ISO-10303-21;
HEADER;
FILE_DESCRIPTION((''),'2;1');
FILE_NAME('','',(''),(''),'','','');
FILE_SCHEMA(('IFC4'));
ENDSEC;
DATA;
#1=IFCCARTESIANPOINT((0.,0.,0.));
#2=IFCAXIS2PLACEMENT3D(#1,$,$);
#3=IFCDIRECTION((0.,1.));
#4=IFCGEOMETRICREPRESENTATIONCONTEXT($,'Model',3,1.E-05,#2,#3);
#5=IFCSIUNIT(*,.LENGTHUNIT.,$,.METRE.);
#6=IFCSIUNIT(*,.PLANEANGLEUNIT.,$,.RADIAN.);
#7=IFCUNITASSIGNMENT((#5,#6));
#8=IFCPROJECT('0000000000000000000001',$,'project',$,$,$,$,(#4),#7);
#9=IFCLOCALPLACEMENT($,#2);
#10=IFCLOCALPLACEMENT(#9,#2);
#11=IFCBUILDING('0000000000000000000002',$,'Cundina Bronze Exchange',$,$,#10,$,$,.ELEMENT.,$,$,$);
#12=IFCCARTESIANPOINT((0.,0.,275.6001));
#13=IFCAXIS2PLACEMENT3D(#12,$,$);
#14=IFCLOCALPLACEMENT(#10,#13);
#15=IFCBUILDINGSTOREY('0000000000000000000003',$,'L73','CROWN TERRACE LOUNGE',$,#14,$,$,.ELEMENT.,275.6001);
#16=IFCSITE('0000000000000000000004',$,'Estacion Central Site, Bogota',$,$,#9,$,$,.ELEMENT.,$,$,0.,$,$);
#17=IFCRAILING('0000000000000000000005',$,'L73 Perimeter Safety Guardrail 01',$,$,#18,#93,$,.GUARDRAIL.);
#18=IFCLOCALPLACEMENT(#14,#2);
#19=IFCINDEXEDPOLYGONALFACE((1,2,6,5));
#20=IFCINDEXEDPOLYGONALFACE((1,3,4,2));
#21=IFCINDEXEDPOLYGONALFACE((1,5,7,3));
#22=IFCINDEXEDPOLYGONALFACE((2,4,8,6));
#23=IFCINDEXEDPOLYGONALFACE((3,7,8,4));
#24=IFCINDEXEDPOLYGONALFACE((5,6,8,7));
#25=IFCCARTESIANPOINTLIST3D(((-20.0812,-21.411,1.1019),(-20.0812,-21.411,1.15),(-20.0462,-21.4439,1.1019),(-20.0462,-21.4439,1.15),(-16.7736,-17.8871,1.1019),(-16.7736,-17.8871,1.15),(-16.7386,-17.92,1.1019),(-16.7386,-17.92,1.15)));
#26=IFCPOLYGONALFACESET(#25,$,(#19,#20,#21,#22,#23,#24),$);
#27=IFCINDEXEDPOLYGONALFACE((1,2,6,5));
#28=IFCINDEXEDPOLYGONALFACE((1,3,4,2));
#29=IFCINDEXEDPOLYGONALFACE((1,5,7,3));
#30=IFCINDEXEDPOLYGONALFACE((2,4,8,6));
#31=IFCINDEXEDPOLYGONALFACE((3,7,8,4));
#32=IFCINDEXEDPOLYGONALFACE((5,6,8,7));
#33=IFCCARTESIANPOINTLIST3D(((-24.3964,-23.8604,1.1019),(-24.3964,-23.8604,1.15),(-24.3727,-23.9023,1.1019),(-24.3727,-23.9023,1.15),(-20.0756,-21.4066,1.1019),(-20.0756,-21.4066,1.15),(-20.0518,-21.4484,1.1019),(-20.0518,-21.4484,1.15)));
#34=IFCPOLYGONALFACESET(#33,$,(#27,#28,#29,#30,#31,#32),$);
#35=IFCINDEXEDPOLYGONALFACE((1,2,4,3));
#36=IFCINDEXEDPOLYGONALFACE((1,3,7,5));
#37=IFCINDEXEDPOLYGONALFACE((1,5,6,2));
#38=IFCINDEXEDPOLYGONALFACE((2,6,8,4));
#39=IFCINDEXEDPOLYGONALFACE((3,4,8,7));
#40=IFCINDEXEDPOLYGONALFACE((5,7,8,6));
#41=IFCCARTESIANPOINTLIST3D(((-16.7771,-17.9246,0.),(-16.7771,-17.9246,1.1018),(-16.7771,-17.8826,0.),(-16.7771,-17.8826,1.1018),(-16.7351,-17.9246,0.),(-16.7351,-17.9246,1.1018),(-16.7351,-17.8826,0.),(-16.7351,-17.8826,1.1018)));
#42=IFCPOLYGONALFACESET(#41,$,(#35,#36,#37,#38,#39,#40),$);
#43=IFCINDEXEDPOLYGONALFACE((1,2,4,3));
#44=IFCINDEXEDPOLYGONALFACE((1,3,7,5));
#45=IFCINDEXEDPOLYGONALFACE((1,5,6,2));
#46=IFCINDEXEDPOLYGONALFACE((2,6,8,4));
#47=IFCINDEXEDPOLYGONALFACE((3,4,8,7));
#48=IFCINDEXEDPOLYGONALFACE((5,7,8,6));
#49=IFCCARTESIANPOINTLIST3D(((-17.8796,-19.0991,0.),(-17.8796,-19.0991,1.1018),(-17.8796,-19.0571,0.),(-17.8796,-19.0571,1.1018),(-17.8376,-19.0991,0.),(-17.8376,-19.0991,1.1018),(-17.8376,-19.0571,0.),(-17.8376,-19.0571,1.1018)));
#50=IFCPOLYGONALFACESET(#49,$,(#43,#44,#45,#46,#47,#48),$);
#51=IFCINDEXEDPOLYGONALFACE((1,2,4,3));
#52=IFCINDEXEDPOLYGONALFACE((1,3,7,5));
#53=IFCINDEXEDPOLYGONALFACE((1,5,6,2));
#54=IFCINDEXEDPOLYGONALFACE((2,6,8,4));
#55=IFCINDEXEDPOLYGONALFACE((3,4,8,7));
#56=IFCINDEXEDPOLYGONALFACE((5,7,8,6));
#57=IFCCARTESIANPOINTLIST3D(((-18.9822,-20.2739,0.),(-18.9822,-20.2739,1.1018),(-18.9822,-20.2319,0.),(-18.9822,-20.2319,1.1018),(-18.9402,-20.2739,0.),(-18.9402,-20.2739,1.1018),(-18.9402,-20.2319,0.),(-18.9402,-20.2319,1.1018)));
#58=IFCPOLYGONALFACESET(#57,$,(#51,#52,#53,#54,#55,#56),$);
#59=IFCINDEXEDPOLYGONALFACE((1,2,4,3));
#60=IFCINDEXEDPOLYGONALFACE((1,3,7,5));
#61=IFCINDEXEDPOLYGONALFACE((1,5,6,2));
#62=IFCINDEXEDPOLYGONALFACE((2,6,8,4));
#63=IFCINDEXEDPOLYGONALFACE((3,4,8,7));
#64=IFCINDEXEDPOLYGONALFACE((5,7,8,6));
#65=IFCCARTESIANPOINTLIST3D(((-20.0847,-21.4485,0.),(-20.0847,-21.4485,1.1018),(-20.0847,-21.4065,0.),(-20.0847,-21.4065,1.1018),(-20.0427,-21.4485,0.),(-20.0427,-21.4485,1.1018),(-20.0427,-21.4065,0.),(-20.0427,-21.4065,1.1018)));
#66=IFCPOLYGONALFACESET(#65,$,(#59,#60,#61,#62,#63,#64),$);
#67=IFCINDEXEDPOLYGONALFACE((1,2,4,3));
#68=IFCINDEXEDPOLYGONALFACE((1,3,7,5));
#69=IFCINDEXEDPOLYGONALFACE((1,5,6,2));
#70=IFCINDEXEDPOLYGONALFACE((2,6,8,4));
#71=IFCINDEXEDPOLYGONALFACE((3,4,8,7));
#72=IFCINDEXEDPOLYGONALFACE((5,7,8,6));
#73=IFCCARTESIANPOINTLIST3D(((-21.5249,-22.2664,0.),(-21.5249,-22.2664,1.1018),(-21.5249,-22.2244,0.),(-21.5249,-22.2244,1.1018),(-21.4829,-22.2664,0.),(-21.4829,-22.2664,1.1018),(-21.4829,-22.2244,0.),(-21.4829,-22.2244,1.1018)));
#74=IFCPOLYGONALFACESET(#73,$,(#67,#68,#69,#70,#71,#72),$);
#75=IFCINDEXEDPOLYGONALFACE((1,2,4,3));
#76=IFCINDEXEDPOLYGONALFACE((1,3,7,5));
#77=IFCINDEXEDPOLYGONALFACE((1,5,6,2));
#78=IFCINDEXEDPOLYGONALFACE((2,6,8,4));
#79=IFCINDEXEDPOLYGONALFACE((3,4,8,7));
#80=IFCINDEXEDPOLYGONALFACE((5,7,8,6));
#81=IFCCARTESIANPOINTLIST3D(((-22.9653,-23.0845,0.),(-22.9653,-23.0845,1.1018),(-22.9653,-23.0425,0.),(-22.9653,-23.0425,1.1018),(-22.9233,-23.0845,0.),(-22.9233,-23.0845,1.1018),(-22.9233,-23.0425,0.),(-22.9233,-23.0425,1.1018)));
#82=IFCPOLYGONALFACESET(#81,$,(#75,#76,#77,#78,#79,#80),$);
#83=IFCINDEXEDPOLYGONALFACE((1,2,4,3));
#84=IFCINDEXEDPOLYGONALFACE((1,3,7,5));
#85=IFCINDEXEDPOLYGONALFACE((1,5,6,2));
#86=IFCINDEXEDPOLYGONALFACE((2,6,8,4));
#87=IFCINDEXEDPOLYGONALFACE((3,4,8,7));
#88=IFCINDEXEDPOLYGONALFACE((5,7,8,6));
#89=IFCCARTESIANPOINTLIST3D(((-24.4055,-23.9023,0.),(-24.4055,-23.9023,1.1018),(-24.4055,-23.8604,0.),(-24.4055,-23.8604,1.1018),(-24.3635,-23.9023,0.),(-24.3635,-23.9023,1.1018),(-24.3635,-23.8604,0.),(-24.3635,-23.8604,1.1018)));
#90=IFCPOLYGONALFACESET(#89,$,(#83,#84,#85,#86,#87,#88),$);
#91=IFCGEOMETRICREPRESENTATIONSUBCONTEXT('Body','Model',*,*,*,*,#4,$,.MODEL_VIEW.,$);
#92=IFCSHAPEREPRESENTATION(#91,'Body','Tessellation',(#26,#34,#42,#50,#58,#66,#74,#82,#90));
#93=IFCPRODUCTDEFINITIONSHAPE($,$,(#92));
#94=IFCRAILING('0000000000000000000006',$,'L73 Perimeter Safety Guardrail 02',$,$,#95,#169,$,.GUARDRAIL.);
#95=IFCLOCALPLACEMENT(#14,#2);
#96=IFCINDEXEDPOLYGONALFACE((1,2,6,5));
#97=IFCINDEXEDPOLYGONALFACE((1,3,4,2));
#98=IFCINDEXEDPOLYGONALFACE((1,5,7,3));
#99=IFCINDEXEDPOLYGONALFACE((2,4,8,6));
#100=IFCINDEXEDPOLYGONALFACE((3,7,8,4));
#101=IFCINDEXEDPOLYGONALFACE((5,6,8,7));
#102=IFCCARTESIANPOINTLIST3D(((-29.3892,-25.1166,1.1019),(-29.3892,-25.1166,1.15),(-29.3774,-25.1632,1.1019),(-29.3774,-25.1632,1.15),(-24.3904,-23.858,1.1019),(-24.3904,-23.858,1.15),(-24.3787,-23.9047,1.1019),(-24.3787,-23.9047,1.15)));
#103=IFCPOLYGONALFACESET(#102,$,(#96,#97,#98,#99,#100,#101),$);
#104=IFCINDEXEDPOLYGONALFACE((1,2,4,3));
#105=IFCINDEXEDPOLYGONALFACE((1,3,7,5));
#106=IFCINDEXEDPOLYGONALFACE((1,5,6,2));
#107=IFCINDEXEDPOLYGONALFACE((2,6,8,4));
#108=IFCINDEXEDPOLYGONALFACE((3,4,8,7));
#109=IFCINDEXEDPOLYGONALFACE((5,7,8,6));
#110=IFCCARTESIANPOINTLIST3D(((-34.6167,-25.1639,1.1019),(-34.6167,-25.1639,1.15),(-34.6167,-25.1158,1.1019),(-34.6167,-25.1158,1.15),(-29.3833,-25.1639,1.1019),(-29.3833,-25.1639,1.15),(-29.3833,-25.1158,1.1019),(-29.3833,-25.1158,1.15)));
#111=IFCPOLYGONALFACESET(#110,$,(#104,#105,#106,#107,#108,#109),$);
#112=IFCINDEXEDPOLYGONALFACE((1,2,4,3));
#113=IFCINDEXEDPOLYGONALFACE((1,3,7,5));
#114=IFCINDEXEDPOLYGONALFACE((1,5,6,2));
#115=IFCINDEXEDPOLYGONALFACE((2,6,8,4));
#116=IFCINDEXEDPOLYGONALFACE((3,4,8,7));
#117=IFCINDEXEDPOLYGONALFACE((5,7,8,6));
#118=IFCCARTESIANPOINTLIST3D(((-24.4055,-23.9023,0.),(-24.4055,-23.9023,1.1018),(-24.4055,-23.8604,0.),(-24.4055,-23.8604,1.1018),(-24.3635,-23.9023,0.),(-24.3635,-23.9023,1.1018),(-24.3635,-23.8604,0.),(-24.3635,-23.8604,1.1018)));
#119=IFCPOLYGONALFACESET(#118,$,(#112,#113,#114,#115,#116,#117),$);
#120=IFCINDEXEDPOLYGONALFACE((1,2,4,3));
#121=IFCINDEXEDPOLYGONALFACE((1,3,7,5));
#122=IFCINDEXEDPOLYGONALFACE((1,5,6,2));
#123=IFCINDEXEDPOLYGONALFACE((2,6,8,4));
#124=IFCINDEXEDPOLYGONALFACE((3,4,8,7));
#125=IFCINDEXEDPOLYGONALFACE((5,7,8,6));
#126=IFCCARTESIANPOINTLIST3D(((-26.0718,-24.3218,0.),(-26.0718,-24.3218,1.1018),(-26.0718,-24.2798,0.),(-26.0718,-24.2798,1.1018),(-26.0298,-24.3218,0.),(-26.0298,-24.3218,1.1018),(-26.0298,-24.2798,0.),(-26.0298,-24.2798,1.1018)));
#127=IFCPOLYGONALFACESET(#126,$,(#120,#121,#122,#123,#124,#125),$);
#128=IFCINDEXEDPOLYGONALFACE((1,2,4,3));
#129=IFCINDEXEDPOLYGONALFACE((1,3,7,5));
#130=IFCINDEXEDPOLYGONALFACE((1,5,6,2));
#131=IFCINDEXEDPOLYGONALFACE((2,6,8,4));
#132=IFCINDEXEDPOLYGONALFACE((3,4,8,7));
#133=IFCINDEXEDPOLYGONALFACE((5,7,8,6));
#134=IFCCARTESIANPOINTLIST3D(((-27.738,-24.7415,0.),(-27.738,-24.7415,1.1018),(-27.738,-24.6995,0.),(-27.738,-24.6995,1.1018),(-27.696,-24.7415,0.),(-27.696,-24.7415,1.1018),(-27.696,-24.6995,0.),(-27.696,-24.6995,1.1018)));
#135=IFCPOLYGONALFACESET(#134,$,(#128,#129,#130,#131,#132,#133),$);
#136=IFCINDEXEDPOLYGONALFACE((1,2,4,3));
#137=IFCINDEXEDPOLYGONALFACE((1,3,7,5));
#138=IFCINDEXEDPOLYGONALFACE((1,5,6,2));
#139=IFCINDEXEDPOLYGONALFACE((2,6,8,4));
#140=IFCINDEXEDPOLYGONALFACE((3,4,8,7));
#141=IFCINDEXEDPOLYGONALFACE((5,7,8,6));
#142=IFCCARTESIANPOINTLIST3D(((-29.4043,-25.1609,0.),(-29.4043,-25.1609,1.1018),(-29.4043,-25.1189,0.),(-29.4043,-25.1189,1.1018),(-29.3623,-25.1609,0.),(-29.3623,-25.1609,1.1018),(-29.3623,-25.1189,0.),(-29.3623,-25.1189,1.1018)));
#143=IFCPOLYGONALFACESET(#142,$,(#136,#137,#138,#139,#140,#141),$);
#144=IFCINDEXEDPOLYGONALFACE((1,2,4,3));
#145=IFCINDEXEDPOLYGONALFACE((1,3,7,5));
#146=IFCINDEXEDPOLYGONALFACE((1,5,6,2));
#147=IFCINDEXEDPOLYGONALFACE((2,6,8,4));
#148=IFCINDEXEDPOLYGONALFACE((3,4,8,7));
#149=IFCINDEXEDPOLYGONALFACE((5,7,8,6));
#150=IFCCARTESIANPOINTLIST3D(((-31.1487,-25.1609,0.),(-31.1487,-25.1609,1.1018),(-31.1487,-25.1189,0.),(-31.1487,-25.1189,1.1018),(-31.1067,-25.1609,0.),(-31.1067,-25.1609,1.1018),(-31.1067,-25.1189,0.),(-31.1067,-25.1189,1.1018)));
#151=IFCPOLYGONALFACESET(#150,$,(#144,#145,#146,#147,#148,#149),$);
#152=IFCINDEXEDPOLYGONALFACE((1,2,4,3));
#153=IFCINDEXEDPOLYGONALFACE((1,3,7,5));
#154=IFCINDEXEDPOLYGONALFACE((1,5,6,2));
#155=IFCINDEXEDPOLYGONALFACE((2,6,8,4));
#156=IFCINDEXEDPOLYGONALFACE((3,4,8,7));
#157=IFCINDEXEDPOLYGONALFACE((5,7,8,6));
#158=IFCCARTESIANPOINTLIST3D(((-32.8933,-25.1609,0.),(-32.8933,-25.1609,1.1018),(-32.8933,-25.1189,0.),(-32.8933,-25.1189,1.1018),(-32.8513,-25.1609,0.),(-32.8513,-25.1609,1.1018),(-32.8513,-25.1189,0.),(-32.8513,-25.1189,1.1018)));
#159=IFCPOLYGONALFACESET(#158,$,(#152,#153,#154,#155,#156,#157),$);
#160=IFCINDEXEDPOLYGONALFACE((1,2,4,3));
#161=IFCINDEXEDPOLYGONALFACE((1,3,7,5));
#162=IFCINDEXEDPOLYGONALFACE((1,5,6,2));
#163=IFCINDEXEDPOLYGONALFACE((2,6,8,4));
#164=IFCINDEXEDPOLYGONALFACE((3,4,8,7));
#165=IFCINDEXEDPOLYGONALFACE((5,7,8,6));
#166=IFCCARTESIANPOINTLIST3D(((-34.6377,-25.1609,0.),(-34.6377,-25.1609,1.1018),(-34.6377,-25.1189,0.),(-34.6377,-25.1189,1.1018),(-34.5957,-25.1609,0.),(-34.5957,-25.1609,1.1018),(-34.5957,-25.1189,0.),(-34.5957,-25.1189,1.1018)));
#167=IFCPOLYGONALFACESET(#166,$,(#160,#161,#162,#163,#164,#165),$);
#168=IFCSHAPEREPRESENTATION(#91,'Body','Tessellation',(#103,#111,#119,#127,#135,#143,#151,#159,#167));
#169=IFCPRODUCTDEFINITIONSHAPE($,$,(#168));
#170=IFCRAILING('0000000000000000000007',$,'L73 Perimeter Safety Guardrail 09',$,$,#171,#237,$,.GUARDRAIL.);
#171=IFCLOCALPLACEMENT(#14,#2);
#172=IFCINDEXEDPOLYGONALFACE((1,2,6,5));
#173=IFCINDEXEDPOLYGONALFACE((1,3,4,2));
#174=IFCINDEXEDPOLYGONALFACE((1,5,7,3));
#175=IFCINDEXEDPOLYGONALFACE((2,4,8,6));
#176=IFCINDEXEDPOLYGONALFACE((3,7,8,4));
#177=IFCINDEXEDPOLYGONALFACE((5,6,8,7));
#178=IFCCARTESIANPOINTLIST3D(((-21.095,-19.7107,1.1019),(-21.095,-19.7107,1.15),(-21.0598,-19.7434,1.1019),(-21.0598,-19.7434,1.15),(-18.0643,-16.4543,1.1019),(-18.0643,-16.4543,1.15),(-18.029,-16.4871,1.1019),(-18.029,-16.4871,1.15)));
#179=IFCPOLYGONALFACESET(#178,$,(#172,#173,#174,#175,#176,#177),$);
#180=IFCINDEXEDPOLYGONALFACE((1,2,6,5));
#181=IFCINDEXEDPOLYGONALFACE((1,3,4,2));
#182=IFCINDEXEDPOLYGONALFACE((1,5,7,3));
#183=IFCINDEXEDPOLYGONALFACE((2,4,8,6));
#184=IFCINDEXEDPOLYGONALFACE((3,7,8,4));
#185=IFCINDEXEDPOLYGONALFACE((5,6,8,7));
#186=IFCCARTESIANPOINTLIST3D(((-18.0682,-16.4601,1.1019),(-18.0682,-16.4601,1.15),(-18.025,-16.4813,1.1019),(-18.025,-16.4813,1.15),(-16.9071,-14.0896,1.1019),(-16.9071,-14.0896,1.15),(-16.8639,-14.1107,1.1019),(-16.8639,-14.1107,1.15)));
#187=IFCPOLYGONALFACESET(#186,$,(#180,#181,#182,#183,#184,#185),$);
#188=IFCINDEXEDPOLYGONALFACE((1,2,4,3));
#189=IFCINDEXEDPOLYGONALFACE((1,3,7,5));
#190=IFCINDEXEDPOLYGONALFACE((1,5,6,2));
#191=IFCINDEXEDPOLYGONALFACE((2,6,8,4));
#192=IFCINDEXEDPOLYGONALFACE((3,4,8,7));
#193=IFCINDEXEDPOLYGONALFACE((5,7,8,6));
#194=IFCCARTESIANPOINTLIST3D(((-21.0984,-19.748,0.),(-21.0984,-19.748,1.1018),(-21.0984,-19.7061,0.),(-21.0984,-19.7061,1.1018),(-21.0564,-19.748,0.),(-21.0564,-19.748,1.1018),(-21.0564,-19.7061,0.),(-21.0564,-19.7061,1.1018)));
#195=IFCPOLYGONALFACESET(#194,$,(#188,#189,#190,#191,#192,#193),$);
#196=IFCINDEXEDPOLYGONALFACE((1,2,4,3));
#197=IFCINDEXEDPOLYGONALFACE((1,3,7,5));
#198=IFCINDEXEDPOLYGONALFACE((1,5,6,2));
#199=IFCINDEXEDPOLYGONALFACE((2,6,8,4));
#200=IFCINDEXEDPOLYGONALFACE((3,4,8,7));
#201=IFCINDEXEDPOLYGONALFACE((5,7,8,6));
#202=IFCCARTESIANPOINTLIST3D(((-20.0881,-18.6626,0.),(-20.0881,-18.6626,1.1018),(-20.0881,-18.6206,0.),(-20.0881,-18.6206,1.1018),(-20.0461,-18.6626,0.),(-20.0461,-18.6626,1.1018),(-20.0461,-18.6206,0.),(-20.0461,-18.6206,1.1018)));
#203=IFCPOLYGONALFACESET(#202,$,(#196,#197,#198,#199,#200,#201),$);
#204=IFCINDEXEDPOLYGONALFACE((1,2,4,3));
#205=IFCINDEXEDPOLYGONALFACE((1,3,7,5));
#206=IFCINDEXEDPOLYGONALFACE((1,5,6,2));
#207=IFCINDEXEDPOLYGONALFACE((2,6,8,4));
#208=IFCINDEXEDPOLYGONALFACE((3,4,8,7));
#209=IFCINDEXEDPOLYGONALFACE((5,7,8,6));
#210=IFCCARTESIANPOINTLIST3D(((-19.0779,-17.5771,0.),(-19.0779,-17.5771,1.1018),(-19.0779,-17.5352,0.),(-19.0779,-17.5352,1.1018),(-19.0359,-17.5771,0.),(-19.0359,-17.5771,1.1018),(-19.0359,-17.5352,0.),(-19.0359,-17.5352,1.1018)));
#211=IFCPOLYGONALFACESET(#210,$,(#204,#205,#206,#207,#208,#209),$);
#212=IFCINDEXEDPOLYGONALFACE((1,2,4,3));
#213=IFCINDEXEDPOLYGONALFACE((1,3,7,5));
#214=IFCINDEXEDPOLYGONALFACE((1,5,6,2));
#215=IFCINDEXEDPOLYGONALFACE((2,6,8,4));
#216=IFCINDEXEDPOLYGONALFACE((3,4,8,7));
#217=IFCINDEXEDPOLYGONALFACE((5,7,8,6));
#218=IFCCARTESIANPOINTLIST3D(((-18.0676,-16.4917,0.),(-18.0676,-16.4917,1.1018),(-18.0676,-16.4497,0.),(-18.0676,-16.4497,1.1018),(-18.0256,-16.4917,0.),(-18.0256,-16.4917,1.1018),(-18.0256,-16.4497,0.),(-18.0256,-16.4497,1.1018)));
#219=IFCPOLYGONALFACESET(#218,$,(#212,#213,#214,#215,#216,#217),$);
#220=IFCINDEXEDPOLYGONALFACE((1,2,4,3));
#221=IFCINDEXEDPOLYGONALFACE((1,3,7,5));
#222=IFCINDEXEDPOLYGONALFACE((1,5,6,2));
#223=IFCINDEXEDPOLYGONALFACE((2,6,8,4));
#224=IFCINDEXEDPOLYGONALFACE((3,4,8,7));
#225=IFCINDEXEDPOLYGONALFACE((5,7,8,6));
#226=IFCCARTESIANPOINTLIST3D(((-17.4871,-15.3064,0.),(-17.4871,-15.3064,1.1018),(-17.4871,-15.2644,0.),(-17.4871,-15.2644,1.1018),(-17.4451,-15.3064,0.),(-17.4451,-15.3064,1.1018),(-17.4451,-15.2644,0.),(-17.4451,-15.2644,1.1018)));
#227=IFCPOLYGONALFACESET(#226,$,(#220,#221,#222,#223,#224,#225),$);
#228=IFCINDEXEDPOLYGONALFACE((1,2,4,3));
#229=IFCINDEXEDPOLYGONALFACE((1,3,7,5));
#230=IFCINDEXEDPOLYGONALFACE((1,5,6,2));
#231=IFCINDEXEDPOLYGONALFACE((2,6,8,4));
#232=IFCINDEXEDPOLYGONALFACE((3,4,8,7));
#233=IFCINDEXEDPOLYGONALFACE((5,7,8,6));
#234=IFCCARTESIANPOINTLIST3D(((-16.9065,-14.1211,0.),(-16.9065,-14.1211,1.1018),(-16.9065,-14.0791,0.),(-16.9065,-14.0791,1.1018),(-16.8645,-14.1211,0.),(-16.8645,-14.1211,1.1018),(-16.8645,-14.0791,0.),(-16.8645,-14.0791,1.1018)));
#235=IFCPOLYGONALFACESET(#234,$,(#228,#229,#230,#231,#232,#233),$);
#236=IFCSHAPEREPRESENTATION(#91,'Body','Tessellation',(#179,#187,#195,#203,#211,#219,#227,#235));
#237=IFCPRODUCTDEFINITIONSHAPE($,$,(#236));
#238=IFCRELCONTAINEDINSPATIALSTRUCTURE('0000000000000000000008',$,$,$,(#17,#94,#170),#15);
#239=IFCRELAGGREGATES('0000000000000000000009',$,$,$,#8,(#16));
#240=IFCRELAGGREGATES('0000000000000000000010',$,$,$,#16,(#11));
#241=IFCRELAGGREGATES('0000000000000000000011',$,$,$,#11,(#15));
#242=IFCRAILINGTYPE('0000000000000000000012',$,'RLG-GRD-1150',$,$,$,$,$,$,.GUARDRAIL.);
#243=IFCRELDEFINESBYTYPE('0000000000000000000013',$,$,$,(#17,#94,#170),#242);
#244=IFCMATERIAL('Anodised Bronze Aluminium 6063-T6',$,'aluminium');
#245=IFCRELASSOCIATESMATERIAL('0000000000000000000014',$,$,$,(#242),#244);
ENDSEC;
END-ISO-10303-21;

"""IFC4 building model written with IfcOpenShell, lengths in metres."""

from ifc_helpers import new_model, si_unit, direction, frame, origin, origin_2d, place, context, subcontext, project, spatial, rectangle, extrude, material, type_object, element, save


model = new_model("IFC4")

# Units and contexts
model_context = context("Model", 3, precision=1e-05, world=origin(), true_north=direction((0.0, 1.0)))
body_context = subcontext(model_context, "Body", "Model", "MODEL_VIEW")
ifc_project = project(units=[si_unit("LENGTHUNIT", "METRE"), si_unit("PLANEANGLEUNIT", "RADIAN")], contexts=[model_context])

# Site, building, storey
site_placement = place(None, origin())
site = spatial("IfcSite", under=ifc_project, at=site_placement, Name="Estacion Central Site, Bogota", CompositionType="ELEMENT", RefElevation=0.0)
building_placement = place(site_placement, origin())
building = spatial("IfcBuilding", under=site, at=building_placement, Name="Cundina Bronze Exchange", CompositionType="ELEMENT")
storey_placement = place(building_placement, frame((0.0, 0.0, 275.6001)))
storey = spatial("IfcBuildingStorey", under=building, at=storey_placement, Name="L73", Description="CROWN TERRACE LOUNGE", CompositionType="ELEMENT", Elevation=275.6001)

# Shared definitions
ifc_material_1 = material(Name="Anodised Bronze Aluminium 6063-T6", Category="aluminium")

# Railings
railing_type = type_object("IfcRailingType", Name="RLG-GRD-1150", PredefinedType="GUARDRAIL", material=ifc_material_1)
railing_1_placement = place(storey_placement, frame((-16.7561, -17.9036, 0.0)))
element("IfcRailing", 1, at=railing_1_placement, inside=storey, type_object=railing_type, Name="L73 Perimeter Safety Guardrail 01", PredefinedType="GUARDRAIL", context=body_context, shape_type="SweptSolid", body=[
    extrude(rectangle(XDim=0.0481, YDim=0.0481, at=origin_2d()), frame((0.0, 0.0, 1.126), z_axis=(-0.684375, -0.729131, 0.0), x_axis=(0.729131, -0.684375, 0.0)), (0.0, 0.0, 1.0), 4.833),
    extrude(rectangle(XDim=0.0481, YDim=0.0481, at=origin_2d()), frame((-3.3076, -3.5239, 1.126), z_axis=(-0.869555, -0.493836, 0.0), x_axis=(0.493836, -0.869555, 0.0)), (0.0, 0.0, 1.0), 4.969),
    extrude(rectangle(XDim=0.042, YDim=0.042, at=origin_2d()), origin(), (0.0, 0.0, 1.0), 1.1018),
    extrude(rectangle(XDim=0.042, YDim=0.042, at=origin_2d()), frame((-1.1025, -1.1746, 0.0)), (0.0, 0.0, 1.0), 1.1018),
    extrude(rectangle(XDim=0.042, YDim=0.042, at=origin_2d()), frame((-2.2051, -2.3494, 0.0)), (0.0, 0.0, 1.0), 1.1018),
    extrude(rectangle(XDim=0.042, YDim=0.042, at=origin_2d()), frame((-3.3076, -3.5239, 0.0)), (0.0, 0.0, 1.0), 1.1018),
    extrude(rectangle(XDim=0.042, YDim=0.042, at=origin_2d()), frame((-4.7478, -4.3418, 0.0)), (0.0, 0.0, 1.0), 1.1018),
    extrude(rectangle(XDim=0.042, YDim=0.042, at=origin_2d()), frame((-6.1882, -5.1599, 0.0)), (0.0, 0.0, 1.0), 1.1018),
    extrude(rectangle(XDim=0.042, YDim=0.042, at=origin_2d()), frame((-7.6284, -5.9778, 0.0)), (0.0, 0.0, 1.0), 1.1018),
])
railing_2_placement = place(storey_placement, frame((-24.3845, -23.8813, 0.0)))
element("IfcRailing", 2, at=railing_2_placement, inside=storey, type_object=railing_type, Name="L73 Perimeter Safety Guardrail 02", PredefinedType="GUARDRAIL", context=body_context, shape_type="SweptSolid", body=[
    extrude(rectangle(XDim=0.0481, YDim=0.0481, at=origin_2d()), frame((0.0, 0.0, 1.126), z_axis=(-0.969737, -0.244151, 0.0), x_axis=(0.244151, -0.969737, 0.0)), (0.0, 0.0, 1.0), 5.1548),
    extrude(rectangle(XDim=0.0481, YDim=0.0481, at=origin_2d()), frame((-4.9988, -1.2585, 1.126), z_axis=(-1.0, 0.0, 0.0), x_axis=(0.0, -1.0, 0.0)), (0.0, 0.0, 1.0), 5.2334),
    extrude(rectangle(XDim=0.042, YDim=0.042, at=origin_2d()), origin(), (0.0, 0.0, 1.0), 1.1018),
    extrude(rectangle(XDim=0.042, YDim=0.042, at=origin_2d()), frame((-1.6663, -0.4194, 0.0)), (0.0, 0.0, 1.0), 1.1018),
    extrude(rectangle(XDim=0.042, YDim=0.042, at=origin_2d()), frame((-3.3325, -0.8391, 0.0)), (0.0, 0.0, 1.0), 1.1018),
    extrude(rectangle(XDim=0.042, YDim=0.042, at=origin_2d()), frame((-4.9988, -1.2585, 0.0)), (0.0, 0.0, 1.0), 1.1018),
    extrude(rectangle(XDim=0.042, YDim=0.042, at=origin_2d()), frame((-6.7432, -1.2585, 0.0)), (0.0, 0.0, 1.0), 1.1018),
    extrude(rectangle(XDim=0.042, YDim=0.042, at=origin_2d()), frame((-8.4878, -1.2585, 0.0)), (0.0, 0.0, 1.0), 1.1018),
    extrude(rectangle(XDim=0.042, YDim=0.042, at=origin_2d()), frame((-10.2322, -1.2585, 0.0)), (0.0, 0.0, 1.0), 1.1018),
])
railing_3_placement = place(storey_placement, frame((-21.0774, -19.7271, 0.0)))
element("IfcRailing", 3, at=railing_3_placement, inside=storey, type_object=railing_type, Name="L73 Perimeter Safety Guardrail 09", PredefinedType="GUARDRAIL", context=body_context, shape_type="SweptSolid", body=[
    extrude(rectangle(XDim=0.0481, YDim=0.0481, at=origin_2d()), frame((0.0, 0.0, 1.126), z_axis=(0.681297, 0.732007, 0.0), x_axis=(-0.732007, 0.681297, 0.0)), (0.0, 0.0, 1.0), 4.4485),
    extrude(rectangle(XDim=0.0481, YDim=0.0481, at=origin_2d()), frame((3.0308, 3.2563, 1.126), z_axis=(0.439874, 0.89806, 0.0), x_axis=(-0.89806, 0.439874, 0.0)), (0.0, 0.0, 1.0), 2.6396),
    extrude(rectangle(XDim=0.042, YDim=0.042, at=origin_2d()), origin(), (0.0, 0.0, 1.0), 1.1018),
    extrude(rectangle(XDim=0.042, YDim=0.042, at=origin_2d()), frame((1.0103, 1.0854, 0.0)), (0.0, 0.0, 1.0), 1.1018),
    extrude(rectangle(XDim=0.042, YDim=0.042, at=origin_2d()), frame((2.0205, 2.1709, 0.0)), (0.0, 0.0, 1.0), 1.1018),
    extrude(rectangle(XDim=0.042, YDim=0.042, at=origin_2d()), frame((3.0308, 3.2563, 0.0)), (0.0, 0.0, 1.0), 1.1018),
    extrude(rectangle(XDim=0.042, YDim=0.042, at=origin_2d()), frame((3.6113, 4.4417, 0.0)), (0.0, 0.0, 1.0), 1.1018),
    extrude(rectangle(XDim=0.042, YDim=0.042, at=origin_2d()), frame((4.1919, 5.627, 0.0)), (0.0, 0.0, 1.0), 1.1018),
])

save(model, "model.ifc")
